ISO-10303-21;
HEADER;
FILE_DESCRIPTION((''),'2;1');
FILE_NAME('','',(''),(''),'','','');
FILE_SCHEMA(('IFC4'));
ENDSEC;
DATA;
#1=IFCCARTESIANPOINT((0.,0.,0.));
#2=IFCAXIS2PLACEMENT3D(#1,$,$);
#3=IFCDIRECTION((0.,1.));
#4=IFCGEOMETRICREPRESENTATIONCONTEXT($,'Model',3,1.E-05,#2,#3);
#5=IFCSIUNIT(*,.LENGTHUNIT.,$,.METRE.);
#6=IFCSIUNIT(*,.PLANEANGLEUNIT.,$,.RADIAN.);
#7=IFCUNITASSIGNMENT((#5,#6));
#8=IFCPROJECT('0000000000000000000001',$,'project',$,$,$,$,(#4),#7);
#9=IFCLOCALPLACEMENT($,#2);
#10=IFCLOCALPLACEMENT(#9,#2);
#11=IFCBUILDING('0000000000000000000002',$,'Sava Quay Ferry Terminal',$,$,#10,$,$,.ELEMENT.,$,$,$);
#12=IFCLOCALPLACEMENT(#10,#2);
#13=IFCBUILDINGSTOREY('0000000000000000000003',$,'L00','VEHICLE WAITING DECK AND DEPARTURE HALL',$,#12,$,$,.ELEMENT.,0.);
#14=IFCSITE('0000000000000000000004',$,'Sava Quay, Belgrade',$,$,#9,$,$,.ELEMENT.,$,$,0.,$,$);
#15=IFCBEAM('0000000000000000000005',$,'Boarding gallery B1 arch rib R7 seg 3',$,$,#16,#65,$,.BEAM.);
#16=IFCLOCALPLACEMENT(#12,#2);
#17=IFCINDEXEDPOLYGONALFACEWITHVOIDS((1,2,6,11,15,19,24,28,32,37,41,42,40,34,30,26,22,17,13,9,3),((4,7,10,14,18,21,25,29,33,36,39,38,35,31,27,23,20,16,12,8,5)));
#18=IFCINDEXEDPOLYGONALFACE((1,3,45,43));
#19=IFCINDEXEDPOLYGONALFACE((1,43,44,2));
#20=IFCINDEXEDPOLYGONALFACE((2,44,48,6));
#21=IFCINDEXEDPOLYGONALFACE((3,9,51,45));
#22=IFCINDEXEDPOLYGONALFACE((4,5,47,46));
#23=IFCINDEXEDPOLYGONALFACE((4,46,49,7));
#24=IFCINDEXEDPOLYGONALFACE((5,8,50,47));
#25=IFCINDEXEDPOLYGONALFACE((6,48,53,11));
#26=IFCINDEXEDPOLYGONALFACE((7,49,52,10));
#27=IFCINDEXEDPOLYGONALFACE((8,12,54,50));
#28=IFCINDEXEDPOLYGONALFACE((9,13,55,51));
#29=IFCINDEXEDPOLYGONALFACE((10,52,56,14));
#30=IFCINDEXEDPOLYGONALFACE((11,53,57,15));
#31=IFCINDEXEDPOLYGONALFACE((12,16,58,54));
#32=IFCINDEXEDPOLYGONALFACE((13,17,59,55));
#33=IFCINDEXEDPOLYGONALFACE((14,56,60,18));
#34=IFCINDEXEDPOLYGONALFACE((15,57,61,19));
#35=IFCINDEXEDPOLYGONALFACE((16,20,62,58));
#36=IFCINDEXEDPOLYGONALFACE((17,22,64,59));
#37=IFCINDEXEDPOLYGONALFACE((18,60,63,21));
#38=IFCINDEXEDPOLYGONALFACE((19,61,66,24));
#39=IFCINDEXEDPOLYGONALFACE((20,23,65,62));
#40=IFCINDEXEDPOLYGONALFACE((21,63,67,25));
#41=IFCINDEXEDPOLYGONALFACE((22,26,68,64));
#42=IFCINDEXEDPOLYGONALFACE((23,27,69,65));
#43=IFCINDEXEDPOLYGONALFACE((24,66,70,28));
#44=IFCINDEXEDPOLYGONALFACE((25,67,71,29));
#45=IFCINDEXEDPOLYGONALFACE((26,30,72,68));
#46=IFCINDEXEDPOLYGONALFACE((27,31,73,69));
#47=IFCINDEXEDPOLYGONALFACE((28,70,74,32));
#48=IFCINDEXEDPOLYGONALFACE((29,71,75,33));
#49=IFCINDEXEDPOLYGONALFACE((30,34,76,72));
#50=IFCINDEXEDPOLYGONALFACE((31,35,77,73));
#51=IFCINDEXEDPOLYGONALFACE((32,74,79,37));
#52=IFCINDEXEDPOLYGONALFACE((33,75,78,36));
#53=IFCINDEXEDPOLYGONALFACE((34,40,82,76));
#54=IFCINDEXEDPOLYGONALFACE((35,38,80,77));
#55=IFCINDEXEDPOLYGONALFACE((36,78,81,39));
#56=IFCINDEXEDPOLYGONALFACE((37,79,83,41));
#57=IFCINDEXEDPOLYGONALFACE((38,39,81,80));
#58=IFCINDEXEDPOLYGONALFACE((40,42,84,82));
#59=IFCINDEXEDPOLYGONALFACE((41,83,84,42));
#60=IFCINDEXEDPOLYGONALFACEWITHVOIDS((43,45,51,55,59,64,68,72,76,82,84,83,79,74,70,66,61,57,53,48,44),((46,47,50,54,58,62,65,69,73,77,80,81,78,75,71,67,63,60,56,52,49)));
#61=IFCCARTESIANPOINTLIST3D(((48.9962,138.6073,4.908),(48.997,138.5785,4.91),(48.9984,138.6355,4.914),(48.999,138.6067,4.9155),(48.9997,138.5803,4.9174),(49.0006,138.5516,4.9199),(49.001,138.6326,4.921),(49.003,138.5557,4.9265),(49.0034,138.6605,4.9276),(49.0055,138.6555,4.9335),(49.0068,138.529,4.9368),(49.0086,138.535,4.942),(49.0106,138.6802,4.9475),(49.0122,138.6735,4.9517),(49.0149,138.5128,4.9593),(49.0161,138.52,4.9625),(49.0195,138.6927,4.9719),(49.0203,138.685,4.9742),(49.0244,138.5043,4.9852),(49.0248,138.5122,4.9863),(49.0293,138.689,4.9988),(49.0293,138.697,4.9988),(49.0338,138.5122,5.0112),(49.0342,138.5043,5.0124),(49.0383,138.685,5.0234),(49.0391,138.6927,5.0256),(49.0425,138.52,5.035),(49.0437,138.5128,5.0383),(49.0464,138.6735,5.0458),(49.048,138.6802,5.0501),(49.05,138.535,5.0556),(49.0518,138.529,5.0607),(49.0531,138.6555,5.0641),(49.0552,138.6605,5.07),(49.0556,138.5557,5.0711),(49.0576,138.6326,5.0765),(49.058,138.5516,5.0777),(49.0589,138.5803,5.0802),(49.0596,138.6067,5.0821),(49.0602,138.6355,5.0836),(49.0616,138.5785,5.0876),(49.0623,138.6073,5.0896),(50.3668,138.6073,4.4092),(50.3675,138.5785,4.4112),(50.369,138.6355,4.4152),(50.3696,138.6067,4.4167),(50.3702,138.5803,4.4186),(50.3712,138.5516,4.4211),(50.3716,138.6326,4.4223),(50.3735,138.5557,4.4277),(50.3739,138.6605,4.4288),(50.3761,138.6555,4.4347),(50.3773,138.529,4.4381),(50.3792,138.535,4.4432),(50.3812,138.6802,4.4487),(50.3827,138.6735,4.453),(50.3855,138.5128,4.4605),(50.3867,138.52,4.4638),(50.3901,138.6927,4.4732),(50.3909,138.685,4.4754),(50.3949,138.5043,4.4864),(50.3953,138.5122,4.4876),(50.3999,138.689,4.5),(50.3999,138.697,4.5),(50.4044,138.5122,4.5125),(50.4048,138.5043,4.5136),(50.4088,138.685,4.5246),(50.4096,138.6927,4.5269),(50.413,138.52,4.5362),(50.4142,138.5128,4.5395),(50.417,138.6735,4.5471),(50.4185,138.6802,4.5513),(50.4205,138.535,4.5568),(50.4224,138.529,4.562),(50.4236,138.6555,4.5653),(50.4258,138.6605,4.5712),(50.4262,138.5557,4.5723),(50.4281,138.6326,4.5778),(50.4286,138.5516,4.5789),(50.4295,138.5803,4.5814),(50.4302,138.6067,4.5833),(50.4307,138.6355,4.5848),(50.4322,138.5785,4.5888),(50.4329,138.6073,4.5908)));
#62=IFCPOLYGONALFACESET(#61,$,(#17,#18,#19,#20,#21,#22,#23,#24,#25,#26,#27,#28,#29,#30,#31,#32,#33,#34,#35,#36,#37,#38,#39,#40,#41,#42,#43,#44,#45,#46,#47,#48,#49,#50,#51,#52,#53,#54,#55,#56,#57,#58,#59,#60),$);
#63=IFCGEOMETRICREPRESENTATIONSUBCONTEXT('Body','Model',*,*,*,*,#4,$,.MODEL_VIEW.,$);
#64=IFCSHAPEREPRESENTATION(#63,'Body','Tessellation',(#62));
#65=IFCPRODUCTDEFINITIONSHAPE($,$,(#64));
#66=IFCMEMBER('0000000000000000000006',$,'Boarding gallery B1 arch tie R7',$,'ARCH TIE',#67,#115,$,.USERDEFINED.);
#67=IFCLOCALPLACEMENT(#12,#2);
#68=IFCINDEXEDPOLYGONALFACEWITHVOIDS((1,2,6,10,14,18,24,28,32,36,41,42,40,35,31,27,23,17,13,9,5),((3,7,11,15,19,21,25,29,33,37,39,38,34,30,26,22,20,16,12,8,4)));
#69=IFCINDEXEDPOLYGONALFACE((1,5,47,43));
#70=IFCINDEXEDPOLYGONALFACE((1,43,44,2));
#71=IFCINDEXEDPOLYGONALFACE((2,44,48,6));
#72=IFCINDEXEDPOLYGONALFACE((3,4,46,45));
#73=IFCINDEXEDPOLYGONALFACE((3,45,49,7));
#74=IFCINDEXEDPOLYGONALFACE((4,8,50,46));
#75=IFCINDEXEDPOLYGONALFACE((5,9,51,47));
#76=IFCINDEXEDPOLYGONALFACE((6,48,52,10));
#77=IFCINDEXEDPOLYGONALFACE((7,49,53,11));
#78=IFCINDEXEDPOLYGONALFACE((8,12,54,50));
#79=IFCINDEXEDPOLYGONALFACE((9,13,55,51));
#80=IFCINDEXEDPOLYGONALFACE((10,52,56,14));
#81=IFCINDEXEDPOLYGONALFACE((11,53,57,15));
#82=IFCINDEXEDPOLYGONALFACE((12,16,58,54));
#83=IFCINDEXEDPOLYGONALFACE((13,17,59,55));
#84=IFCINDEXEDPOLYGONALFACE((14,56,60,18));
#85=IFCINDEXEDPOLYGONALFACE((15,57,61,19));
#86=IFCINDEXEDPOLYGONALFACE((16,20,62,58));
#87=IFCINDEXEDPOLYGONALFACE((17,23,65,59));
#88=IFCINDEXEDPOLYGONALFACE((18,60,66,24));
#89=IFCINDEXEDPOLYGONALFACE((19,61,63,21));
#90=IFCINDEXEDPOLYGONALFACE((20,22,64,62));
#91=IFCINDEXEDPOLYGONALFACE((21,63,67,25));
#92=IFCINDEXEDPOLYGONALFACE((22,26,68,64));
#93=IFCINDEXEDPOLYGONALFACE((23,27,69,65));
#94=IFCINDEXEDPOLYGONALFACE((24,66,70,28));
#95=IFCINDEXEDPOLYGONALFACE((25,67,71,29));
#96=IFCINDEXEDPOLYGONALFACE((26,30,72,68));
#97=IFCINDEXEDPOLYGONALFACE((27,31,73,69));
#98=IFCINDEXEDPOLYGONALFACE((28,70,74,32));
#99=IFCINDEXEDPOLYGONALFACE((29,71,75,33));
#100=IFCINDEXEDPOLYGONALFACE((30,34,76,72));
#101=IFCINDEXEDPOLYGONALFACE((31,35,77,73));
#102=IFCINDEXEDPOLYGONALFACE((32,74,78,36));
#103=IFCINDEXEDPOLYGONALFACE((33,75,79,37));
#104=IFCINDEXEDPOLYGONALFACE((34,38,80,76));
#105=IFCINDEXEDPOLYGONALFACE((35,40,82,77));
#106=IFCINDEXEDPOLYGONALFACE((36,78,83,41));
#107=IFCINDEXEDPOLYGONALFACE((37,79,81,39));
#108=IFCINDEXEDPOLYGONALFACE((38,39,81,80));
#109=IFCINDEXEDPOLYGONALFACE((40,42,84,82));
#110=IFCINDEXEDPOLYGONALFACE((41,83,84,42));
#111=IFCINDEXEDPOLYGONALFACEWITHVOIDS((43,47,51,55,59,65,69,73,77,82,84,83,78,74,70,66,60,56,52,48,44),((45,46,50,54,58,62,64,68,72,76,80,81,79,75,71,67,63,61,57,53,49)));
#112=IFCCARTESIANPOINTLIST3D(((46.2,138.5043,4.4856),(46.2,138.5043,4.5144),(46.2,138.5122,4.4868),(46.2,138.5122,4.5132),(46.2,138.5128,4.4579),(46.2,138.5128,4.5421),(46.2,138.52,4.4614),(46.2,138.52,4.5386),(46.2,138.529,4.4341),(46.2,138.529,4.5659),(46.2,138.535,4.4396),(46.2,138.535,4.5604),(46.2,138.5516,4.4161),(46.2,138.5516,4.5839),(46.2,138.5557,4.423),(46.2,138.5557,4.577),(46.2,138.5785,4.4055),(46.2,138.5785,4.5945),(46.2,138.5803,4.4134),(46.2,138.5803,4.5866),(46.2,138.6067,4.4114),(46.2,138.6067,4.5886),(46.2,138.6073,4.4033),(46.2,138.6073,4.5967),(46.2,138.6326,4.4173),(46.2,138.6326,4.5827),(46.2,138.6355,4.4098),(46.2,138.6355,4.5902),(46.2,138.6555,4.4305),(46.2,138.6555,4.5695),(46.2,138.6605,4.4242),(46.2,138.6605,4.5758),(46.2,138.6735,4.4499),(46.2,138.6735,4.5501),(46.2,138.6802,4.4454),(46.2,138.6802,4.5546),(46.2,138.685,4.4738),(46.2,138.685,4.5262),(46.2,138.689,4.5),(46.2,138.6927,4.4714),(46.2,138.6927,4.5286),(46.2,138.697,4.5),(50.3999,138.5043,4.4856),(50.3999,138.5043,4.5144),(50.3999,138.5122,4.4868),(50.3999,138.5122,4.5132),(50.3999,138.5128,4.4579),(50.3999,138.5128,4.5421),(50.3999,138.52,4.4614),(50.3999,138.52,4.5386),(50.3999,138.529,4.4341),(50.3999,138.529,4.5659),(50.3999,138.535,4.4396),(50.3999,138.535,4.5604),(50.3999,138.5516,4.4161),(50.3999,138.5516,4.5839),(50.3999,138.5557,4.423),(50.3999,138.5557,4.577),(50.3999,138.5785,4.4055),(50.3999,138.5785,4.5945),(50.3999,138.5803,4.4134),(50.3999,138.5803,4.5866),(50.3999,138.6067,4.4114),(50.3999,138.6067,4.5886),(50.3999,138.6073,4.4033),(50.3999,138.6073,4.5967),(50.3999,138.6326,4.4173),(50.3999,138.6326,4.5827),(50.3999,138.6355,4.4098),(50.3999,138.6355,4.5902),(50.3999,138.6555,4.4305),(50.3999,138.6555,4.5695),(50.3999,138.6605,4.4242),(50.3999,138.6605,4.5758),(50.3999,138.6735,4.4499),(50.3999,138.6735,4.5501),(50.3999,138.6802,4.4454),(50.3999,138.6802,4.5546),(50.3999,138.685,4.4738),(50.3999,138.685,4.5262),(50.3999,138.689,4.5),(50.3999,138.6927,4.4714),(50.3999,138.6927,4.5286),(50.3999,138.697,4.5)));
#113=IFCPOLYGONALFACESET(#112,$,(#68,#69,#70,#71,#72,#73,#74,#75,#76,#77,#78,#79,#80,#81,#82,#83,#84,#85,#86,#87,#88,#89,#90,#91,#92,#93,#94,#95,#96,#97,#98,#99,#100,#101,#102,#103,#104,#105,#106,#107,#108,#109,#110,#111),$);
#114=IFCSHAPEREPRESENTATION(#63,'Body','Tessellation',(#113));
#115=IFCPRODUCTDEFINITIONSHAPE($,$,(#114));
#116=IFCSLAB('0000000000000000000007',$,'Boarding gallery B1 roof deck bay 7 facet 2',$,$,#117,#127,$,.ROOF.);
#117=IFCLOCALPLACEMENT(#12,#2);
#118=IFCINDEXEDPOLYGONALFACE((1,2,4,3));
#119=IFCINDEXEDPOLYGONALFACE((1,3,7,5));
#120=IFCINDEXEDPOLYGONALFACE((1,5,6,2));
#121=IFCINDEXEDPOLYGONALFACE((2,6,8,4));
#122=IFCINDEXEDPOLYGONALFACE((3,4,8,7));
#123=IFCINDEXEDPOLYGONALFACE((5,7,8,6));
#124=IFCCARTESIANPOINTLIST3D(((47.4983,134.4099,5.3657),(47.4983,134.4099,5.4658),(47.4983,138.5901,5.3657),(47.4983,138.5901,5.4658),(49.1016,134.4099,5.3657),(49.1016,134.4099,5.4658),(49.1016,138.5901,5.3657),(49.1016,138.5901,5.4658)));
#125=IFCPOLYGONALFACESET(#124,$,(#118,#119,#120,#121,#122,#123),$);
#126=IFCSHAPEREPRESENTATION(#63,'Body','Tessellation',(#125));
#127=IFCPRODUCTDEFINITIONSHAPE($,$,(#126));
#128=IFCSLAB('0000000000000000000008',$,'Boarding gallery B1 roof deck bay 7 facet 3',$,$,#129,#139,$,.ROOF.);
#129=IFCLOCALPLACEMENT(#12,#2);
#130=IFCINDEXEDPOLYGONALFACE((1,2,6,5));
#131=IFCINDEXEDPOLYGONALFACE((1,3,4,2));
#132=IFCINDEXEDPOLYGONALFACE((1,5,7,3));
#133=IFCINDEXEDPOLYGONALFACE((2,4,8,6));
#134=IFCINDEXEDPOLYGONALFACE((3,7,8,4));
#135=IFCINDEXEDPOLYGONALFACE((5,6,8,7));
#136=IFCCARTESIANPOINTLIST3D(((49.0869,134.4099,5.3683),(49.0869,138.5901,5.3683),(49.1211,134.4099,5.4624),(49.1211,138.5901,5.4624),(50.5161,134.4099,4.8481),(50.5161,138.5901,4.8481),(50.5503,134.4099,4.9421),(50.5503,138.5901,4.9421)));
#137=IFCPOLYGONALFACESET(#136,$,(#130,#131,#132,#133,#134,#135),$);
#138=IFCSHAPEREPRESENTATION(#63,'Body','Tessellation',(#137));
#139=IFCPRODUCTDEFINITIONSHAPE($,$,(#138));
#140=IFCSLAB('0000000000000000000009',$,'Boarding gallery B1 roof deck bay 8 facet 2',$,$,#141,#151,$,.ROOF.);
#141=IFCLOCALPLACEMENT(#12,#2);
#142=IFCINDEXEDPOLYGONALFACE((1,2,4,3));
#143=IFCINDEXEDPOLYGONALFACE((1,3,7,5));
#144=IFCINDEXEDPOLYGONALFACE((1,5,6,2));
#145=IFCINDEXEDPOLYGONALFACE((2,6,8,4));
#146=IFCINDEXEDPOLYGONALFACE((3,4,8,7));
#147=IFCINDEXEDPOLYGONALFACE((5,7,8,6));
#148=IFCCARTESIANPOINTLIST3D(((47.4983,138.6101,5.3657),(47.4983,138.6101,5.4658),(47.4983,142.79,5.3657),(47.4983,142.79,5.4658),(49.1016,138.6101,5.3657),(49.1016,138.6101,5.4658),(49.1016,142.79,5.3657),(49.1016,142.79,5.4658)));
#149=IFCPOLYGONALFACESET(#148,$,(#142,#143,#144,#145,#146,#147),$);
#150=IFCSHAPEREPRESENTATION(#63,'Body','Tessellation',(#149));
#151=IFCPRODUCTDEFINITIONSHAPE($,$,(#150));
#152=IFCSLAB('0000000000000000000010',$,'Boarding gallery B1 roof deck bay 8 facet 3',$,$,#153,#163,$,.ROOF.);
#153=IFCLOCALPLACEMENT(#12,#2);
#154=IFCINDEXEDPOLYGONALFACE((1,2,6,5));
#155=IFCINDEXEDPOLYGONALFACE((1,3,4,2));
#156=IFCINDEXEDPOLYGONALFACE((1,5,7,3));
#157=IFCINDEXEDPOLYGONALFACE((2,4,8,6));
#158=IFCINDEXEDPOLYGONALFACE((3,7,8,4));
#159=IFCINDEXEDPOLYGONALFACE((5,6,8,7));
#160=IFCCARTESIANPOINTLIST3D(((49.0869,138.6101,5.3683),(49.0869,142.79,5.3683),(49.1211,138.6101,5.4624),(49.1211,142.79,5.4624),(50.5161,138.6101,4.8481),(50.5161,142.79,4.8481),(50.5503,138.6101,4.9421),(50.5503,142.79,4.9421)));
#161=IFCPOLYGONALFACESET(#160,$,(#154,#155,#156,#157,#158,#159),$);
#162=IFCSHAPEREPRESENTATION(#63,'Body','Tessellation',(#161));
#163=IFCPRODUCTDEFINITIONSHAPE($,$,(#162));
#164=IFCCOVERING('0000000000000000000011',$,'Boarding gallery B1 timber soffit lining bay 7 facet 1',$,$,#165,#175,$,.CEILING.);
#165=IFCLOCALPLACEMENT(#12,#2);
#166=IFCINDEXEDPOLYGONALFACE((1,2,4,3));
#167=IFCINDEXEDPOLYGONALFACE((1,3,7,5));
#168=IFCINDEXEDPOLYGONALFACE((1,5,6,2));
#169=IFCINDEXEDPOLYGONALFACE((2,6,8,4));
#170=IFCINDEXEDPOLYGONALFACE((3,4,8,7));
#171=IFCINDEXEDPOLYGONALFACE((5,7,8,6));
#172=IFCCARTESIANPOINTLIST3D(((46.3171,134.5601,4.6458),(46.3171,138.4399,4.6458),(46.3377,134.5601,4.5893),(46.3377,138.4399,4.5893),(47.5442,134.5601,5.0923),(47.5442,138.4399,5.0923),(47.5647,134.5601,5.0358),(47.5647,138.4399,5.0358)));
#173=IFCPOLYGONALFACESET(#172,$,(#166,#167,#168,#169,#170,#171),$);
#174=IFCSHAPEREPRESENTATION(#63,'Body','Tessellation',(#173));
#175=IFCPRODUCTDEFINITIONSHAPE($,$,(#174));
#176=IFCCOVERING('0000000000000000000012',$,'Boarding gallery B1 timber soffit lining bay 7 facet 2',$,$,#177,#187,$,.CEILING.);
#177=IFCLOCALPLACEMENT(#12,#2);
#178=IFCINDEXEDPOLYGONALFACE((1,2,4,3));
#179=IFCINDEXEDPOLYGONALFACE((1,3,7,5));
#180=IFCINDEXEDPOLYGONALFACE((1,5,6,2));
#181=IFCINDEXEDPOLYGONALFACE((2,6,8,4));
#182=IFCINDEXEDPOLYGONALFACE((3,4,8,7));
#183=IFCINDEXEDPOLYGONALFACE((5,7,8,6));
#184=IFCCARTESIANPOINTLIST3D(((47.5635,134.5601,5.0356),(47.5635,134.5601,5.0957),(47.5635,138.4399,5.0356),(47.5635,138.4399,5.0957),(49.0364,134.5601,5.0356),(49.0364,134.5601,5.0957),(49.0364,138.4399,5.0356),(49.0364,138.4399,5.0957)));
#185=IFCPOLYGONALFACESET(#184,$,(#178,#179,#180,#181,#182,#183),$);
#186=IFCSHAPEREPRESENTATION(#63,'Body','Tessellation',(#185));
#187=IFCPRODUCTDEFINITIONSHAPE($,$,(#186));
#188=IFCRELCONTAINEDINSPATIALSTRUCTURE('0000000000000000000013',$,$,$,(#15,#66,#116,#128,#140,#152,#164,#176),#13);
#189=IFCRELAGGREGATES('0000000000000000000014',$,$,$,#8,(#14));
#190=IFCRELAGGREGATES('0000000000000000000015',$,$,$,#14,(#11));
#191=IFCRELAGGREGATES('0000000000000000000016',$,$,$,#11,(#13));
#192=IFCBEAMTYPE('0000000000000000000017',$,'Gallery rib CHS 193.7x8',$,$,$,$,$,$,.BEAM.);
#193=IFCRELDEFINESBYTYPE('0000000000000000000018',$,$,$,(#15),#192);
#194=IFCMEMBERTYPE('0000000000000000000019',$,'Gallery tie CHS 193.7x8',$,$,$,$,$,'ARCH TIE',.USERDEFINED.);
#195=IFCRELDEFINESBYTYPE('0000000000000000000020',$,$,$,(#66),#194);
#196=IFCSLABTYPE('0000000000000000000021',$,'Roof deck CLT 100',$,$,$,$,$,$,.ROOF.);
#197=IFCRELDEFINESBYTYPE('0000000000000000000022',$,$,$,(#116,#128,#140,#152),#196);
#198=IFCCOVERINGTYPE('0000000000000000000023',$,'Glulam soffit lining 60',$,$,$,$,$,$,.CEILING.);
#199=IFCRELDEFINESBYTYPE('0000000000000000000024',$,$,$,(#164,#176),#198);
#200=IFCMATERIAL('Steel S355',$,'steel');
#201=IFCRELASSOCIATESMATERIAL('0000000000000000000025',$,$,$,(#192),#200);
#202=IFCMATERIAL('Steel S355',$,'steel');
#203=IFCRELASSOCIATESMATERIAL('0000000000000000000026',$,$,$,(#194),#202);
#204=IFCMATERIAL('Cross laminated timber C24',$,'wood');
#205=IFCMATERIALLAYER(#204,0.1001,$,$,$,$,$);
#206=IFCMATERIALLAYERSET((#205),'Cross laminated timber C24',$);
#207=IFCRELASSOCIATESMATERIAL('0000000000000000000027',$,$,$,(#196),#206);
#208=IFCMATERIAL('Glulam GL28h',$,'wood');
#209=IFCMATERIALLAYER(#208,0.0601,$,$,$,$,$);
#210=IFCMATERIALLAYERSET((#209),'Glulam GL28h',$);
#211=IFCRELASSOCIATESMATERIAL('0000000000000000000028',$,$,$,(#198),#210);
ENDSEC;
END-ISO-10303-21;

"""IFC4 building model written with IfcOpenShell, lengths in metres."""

from ifc_helpers import new_model, si_unit, direction, frame, origin, origin_2d, place, context, subcontext, project, spatial, polyline, hollow_circle, outline, extrude, material, layer, layer_set, material_profile, profile_set, type_object, element, save


model = new_model("IFC4")

# Units and contexts
model_context = context("Model", 3, precision=1e-05, world=origin(), true_north=direction((0.0, 1.0)))
body_context = subcontext(model_context, "Body", "Model", "MODEL_VIEW")
ifc_project = project(units=[si_unit("LENGTHUNIT", "METRE"), si_unit("PLANEANGLEUNIT", "RADIAN")], contexts=[model_context])

# Site, building, storey
site_placement = place(None, origin())
site = spatial("IfcSite", under=ifc_project, at=site_placement, Name="Sava Quay, Belgrade", CompositionType="ELEMENT", RefElevation=0.0)
building_placement = place(site_placement, origin())
building = spatial("IfcBuilding", under=site, at=building_placement, Name="Sava Quay Ferry Terminal", CompositionType="ELEMENT")
storey_placement = place(building_placement, origin())
storey = spatial("IfcBuildingStorey", under=building, at=storey_placement, Name="L00", Description="VEHICLE WAITING DECK AND DEPARTURE HALL", CompositionType="ELEMENT", Elevation=0.0)

# Beam
ifc_material_1 = material(Name="Steel S355", Category="steel")
ifc_material_profile_1 = material_profile(ifc_material_1, hollow_circle(Radius=0.0969, WallThickness=0.0081, at=origin_2d()), Name="CHS 193.7 x 8.0")
ifc_profile_set_1 = profile_set([ifc_material_profile_1], Name="Steel S355")
beam_type_1 = type_object("IfcBeamType", Name="Gallery rib CHS 193.7x8", PredefinedType="BEAM", material=ifc_profile_set_1)
beam_1_placement = place(storey_placement, frame((49.0293, 138.6001, 4.9988), z_axis=(0.93971, 0.0, -0.341972), x_axis=(0.0, 1.0, 0.0)))
element("IfcBeam", 1, at=beam_1_placement, inside=storey, type_object=beam_type_1, Name="Boarding gallery B1 arch rib R7 seg 3", PredefinedType="BEAM", context=body_context, shape_type="SweptSolid", body=[
    extrude(hollow_circle(Radius=0.0969, WallThickness=0.0081, at=origin_2d()), origin(), (0.0, 0.0, 1.0), 1.4585),
])

# Member
ifc_material_2 = material(Name="Steel S355", Category="steel")
ifc_material_profile_2 = material_profile(ifc_material_2, hollow_circle(Radius=0.0969, WallThickness=0.0081, at=origin_2d()), Name="CHS 193.7 x 8.0")
ifc_profile_set_2 = profile_set([ifc_material_profile_2], Name="Steel S355")
member_type_1 = type_object("IfcMemberType", Name="Gallery tie CHS 193.7x8", ElementType="ARCH TIE", PredefinedType="USERDEFINED", material=ifc_profile_set_2)
member_1_placement = place(storey_placement, frame((46.2, 138.6001, 4.5), z_axis=(1.0, 0.0, 0.0), x_axis=(0.0, 1.0, 0.0)))
element("IfcMember", 2, at=member_1_placement, inside=storey, type_object=member_type_1, Name="Boarding gallery B1 arch tie R7", ObjectType="ARCH TIE", PredefinedType="USERDEFINED", context=body_context, shape_type="SweptSolid", body=[
    extrude(hollow_circle(Radius=0.0969, WallThickness=0.0081, at=origin_2d()), origin(), (0.0, 0.0, 1.0), 4.2),
])

# Slabs
ifc_material_3 = material(Name="Cross laminated timber C24", Category="wood")
ifc_layer_1 = layer(ifc_material_3, 0.1001)
ifc_layer_set_1 = layer_set([ifc_layer_1], Name="Cross laminated timber C24")
slab_type = type_object("IfcSlabType", Name="Roof deck CLT 100", PredefinedType="ROOF", material=ifc_layer_set_1)
slab_1_placement = place(storey_placement, frame((47.4983, 134.4099, 5.4658), z_axis=(0.0, 0.0, 1.0), x_axis=(1.0, 0.0, 0.0)))
element("IfcSlab", 3, at=slab_1_placement, inside=storey, type_object=slab_type, Name="Boarding gallery B1 roof deck bay 7 facet 2", PredefinedType="ROOF", context=body_context, shape_type="SweptSolid", body=[
    extrude(outline(polyline([(0.0, 0.0), (1.6033, 0.0), (1.6033, 4.1802), (0.0, 4.1802), (0.0, 0.0)])), origin(), (0.0, 0.0, -1.0), 0.1001),
])
slab_2_placement = place(storey_placement, frame((49.1211, 134.4099, 5.4624), z_axis=(0.342065, 0.0, 0.939676), x_axis=(0.939676, 0.0, -0.342065)))
element("IfcSlab", 4, at=slab_2_placement, inside=storey, type_object=slab_type, Name="Boarding gallery B1 roof deck bay 7 facet 3", PredefinedType="ROOF", context=body_context, shape_type="SweptSolid", body=[
    extrude(outline(polyline([(0.0, 0.0), (1.5209, 0.0), (1.5209, 4.1802), (0.0, 4.1802), (0.0, 0.0)])), origin(), (0.0, 0.0, -1.0), 0.1001),
])
slab_3_placement = place(storey_placement, frame((47.4983, 138.6101, 5.4658), z_axis=(0.0, 0.0, 1.0), x_axis=(1.0, 0.0, 0.0)))
element("IfcSlab", 5, at=slab_3_placement, inside=storey, type_object=slab_type, Name="Boarding gallery B1 roof deck bay 8 facet 2", PredefinedType="ROOF", context=body_context, shape_type="SweptSolid", body=[
    extrude(outline(polyline([(0.0, 0.0), (1.6033, 0.0), (1.6033, 4.1799), (0.0, 4.1799), (0.0, 0.0)])), origin(), (0.0, 0.0, -1.0), 0.1001),
])
slab_4_placement = place(storey_placement, frame((49.1211, 138.6101, 5.4624), z_axis=(0.342065, 0.0, 0.939676), x_axis=(0.939676, 0.0, -0.342065)))
element("IfcSlab", 6, at=slab_4_placement, inside=storey, type_object=slab_type, Name="Boarding gallery B1 roof deck bay 8 facet 3", PredefinedType="ROOF", context=body_context, shape_type="SweptSolid", body=[
    extrude(outline(polyline([(0.0, 0.0), (1.5209, 0.0), (1.5209, 4.1799), (0.0, 4.1799), (0.0, 0.0)])), origin(), (0.0, 0.0, -1.0), 0.1001),
])

# Coverings
ifc_material_4 = material(Name="Glulam GL28h", Category="wood")
ifc_layer_2 = layer(ifc_material_4, 0.0601)
ifc_layer_set_2 = layer_set([ifc_layer_2], Name="Glulam GL28h")
covering_type_1 = type_object("IfcCoveringType", Name="Glulam soffit lining 60", PredefinedType="CEILING", material=ifc_layer_set_2)
covering_1_placement = place(storey_placement, frame((46.3171, 134.5601, 4.6458), z_axis=(-0.341968, 0.0, 0.939712), x_axis=(0.939712, 0.0, 0.341968)))
element("IfcCovering", 7, at=covering_1_placement, inside=storey, type_object=covering_type_1, Name="Boarding gallery B1 timber soffit lining bay 7 facet 1", PredefinedType="CEILING", context=body_context, shape_type="SweptSolid", body=[
    extrude(outline(polyline([(0.0, 0.0), (1.3058, 0.0), (1.3058, 3.8799), (0.0, 3.8799), (0.0, 0.0)])), origin(), (0.0, 0.0, -1.0), 0.0601),
])
covering_2_placement = place(storey_placement, frame((47.5635, 134.5601, 5.0957), z_axis=(0.0, 0.0, 1.0), x_axis=(1.0, 0.0, 0.0)))
element("IfcCovering", 8, at=covering_2_placement, inside=storey, type_object=covering_type_1, Name="Boarding gallery B1 timber soffit lining bay 7 facet 2", PredefinedType="CEILING", context=body_context, shape_type="SweptSolid", body=[
    extrude(outline(polyline([(0.0, 0.0), (1.4729, 0.0), (1.4729, 3.8799), (0.0, 3.8799), (0.0, 0.0)])), origin(), (0.0, 0.0, -1.0), 0.0601),
])

save(model, "model.ifc")
